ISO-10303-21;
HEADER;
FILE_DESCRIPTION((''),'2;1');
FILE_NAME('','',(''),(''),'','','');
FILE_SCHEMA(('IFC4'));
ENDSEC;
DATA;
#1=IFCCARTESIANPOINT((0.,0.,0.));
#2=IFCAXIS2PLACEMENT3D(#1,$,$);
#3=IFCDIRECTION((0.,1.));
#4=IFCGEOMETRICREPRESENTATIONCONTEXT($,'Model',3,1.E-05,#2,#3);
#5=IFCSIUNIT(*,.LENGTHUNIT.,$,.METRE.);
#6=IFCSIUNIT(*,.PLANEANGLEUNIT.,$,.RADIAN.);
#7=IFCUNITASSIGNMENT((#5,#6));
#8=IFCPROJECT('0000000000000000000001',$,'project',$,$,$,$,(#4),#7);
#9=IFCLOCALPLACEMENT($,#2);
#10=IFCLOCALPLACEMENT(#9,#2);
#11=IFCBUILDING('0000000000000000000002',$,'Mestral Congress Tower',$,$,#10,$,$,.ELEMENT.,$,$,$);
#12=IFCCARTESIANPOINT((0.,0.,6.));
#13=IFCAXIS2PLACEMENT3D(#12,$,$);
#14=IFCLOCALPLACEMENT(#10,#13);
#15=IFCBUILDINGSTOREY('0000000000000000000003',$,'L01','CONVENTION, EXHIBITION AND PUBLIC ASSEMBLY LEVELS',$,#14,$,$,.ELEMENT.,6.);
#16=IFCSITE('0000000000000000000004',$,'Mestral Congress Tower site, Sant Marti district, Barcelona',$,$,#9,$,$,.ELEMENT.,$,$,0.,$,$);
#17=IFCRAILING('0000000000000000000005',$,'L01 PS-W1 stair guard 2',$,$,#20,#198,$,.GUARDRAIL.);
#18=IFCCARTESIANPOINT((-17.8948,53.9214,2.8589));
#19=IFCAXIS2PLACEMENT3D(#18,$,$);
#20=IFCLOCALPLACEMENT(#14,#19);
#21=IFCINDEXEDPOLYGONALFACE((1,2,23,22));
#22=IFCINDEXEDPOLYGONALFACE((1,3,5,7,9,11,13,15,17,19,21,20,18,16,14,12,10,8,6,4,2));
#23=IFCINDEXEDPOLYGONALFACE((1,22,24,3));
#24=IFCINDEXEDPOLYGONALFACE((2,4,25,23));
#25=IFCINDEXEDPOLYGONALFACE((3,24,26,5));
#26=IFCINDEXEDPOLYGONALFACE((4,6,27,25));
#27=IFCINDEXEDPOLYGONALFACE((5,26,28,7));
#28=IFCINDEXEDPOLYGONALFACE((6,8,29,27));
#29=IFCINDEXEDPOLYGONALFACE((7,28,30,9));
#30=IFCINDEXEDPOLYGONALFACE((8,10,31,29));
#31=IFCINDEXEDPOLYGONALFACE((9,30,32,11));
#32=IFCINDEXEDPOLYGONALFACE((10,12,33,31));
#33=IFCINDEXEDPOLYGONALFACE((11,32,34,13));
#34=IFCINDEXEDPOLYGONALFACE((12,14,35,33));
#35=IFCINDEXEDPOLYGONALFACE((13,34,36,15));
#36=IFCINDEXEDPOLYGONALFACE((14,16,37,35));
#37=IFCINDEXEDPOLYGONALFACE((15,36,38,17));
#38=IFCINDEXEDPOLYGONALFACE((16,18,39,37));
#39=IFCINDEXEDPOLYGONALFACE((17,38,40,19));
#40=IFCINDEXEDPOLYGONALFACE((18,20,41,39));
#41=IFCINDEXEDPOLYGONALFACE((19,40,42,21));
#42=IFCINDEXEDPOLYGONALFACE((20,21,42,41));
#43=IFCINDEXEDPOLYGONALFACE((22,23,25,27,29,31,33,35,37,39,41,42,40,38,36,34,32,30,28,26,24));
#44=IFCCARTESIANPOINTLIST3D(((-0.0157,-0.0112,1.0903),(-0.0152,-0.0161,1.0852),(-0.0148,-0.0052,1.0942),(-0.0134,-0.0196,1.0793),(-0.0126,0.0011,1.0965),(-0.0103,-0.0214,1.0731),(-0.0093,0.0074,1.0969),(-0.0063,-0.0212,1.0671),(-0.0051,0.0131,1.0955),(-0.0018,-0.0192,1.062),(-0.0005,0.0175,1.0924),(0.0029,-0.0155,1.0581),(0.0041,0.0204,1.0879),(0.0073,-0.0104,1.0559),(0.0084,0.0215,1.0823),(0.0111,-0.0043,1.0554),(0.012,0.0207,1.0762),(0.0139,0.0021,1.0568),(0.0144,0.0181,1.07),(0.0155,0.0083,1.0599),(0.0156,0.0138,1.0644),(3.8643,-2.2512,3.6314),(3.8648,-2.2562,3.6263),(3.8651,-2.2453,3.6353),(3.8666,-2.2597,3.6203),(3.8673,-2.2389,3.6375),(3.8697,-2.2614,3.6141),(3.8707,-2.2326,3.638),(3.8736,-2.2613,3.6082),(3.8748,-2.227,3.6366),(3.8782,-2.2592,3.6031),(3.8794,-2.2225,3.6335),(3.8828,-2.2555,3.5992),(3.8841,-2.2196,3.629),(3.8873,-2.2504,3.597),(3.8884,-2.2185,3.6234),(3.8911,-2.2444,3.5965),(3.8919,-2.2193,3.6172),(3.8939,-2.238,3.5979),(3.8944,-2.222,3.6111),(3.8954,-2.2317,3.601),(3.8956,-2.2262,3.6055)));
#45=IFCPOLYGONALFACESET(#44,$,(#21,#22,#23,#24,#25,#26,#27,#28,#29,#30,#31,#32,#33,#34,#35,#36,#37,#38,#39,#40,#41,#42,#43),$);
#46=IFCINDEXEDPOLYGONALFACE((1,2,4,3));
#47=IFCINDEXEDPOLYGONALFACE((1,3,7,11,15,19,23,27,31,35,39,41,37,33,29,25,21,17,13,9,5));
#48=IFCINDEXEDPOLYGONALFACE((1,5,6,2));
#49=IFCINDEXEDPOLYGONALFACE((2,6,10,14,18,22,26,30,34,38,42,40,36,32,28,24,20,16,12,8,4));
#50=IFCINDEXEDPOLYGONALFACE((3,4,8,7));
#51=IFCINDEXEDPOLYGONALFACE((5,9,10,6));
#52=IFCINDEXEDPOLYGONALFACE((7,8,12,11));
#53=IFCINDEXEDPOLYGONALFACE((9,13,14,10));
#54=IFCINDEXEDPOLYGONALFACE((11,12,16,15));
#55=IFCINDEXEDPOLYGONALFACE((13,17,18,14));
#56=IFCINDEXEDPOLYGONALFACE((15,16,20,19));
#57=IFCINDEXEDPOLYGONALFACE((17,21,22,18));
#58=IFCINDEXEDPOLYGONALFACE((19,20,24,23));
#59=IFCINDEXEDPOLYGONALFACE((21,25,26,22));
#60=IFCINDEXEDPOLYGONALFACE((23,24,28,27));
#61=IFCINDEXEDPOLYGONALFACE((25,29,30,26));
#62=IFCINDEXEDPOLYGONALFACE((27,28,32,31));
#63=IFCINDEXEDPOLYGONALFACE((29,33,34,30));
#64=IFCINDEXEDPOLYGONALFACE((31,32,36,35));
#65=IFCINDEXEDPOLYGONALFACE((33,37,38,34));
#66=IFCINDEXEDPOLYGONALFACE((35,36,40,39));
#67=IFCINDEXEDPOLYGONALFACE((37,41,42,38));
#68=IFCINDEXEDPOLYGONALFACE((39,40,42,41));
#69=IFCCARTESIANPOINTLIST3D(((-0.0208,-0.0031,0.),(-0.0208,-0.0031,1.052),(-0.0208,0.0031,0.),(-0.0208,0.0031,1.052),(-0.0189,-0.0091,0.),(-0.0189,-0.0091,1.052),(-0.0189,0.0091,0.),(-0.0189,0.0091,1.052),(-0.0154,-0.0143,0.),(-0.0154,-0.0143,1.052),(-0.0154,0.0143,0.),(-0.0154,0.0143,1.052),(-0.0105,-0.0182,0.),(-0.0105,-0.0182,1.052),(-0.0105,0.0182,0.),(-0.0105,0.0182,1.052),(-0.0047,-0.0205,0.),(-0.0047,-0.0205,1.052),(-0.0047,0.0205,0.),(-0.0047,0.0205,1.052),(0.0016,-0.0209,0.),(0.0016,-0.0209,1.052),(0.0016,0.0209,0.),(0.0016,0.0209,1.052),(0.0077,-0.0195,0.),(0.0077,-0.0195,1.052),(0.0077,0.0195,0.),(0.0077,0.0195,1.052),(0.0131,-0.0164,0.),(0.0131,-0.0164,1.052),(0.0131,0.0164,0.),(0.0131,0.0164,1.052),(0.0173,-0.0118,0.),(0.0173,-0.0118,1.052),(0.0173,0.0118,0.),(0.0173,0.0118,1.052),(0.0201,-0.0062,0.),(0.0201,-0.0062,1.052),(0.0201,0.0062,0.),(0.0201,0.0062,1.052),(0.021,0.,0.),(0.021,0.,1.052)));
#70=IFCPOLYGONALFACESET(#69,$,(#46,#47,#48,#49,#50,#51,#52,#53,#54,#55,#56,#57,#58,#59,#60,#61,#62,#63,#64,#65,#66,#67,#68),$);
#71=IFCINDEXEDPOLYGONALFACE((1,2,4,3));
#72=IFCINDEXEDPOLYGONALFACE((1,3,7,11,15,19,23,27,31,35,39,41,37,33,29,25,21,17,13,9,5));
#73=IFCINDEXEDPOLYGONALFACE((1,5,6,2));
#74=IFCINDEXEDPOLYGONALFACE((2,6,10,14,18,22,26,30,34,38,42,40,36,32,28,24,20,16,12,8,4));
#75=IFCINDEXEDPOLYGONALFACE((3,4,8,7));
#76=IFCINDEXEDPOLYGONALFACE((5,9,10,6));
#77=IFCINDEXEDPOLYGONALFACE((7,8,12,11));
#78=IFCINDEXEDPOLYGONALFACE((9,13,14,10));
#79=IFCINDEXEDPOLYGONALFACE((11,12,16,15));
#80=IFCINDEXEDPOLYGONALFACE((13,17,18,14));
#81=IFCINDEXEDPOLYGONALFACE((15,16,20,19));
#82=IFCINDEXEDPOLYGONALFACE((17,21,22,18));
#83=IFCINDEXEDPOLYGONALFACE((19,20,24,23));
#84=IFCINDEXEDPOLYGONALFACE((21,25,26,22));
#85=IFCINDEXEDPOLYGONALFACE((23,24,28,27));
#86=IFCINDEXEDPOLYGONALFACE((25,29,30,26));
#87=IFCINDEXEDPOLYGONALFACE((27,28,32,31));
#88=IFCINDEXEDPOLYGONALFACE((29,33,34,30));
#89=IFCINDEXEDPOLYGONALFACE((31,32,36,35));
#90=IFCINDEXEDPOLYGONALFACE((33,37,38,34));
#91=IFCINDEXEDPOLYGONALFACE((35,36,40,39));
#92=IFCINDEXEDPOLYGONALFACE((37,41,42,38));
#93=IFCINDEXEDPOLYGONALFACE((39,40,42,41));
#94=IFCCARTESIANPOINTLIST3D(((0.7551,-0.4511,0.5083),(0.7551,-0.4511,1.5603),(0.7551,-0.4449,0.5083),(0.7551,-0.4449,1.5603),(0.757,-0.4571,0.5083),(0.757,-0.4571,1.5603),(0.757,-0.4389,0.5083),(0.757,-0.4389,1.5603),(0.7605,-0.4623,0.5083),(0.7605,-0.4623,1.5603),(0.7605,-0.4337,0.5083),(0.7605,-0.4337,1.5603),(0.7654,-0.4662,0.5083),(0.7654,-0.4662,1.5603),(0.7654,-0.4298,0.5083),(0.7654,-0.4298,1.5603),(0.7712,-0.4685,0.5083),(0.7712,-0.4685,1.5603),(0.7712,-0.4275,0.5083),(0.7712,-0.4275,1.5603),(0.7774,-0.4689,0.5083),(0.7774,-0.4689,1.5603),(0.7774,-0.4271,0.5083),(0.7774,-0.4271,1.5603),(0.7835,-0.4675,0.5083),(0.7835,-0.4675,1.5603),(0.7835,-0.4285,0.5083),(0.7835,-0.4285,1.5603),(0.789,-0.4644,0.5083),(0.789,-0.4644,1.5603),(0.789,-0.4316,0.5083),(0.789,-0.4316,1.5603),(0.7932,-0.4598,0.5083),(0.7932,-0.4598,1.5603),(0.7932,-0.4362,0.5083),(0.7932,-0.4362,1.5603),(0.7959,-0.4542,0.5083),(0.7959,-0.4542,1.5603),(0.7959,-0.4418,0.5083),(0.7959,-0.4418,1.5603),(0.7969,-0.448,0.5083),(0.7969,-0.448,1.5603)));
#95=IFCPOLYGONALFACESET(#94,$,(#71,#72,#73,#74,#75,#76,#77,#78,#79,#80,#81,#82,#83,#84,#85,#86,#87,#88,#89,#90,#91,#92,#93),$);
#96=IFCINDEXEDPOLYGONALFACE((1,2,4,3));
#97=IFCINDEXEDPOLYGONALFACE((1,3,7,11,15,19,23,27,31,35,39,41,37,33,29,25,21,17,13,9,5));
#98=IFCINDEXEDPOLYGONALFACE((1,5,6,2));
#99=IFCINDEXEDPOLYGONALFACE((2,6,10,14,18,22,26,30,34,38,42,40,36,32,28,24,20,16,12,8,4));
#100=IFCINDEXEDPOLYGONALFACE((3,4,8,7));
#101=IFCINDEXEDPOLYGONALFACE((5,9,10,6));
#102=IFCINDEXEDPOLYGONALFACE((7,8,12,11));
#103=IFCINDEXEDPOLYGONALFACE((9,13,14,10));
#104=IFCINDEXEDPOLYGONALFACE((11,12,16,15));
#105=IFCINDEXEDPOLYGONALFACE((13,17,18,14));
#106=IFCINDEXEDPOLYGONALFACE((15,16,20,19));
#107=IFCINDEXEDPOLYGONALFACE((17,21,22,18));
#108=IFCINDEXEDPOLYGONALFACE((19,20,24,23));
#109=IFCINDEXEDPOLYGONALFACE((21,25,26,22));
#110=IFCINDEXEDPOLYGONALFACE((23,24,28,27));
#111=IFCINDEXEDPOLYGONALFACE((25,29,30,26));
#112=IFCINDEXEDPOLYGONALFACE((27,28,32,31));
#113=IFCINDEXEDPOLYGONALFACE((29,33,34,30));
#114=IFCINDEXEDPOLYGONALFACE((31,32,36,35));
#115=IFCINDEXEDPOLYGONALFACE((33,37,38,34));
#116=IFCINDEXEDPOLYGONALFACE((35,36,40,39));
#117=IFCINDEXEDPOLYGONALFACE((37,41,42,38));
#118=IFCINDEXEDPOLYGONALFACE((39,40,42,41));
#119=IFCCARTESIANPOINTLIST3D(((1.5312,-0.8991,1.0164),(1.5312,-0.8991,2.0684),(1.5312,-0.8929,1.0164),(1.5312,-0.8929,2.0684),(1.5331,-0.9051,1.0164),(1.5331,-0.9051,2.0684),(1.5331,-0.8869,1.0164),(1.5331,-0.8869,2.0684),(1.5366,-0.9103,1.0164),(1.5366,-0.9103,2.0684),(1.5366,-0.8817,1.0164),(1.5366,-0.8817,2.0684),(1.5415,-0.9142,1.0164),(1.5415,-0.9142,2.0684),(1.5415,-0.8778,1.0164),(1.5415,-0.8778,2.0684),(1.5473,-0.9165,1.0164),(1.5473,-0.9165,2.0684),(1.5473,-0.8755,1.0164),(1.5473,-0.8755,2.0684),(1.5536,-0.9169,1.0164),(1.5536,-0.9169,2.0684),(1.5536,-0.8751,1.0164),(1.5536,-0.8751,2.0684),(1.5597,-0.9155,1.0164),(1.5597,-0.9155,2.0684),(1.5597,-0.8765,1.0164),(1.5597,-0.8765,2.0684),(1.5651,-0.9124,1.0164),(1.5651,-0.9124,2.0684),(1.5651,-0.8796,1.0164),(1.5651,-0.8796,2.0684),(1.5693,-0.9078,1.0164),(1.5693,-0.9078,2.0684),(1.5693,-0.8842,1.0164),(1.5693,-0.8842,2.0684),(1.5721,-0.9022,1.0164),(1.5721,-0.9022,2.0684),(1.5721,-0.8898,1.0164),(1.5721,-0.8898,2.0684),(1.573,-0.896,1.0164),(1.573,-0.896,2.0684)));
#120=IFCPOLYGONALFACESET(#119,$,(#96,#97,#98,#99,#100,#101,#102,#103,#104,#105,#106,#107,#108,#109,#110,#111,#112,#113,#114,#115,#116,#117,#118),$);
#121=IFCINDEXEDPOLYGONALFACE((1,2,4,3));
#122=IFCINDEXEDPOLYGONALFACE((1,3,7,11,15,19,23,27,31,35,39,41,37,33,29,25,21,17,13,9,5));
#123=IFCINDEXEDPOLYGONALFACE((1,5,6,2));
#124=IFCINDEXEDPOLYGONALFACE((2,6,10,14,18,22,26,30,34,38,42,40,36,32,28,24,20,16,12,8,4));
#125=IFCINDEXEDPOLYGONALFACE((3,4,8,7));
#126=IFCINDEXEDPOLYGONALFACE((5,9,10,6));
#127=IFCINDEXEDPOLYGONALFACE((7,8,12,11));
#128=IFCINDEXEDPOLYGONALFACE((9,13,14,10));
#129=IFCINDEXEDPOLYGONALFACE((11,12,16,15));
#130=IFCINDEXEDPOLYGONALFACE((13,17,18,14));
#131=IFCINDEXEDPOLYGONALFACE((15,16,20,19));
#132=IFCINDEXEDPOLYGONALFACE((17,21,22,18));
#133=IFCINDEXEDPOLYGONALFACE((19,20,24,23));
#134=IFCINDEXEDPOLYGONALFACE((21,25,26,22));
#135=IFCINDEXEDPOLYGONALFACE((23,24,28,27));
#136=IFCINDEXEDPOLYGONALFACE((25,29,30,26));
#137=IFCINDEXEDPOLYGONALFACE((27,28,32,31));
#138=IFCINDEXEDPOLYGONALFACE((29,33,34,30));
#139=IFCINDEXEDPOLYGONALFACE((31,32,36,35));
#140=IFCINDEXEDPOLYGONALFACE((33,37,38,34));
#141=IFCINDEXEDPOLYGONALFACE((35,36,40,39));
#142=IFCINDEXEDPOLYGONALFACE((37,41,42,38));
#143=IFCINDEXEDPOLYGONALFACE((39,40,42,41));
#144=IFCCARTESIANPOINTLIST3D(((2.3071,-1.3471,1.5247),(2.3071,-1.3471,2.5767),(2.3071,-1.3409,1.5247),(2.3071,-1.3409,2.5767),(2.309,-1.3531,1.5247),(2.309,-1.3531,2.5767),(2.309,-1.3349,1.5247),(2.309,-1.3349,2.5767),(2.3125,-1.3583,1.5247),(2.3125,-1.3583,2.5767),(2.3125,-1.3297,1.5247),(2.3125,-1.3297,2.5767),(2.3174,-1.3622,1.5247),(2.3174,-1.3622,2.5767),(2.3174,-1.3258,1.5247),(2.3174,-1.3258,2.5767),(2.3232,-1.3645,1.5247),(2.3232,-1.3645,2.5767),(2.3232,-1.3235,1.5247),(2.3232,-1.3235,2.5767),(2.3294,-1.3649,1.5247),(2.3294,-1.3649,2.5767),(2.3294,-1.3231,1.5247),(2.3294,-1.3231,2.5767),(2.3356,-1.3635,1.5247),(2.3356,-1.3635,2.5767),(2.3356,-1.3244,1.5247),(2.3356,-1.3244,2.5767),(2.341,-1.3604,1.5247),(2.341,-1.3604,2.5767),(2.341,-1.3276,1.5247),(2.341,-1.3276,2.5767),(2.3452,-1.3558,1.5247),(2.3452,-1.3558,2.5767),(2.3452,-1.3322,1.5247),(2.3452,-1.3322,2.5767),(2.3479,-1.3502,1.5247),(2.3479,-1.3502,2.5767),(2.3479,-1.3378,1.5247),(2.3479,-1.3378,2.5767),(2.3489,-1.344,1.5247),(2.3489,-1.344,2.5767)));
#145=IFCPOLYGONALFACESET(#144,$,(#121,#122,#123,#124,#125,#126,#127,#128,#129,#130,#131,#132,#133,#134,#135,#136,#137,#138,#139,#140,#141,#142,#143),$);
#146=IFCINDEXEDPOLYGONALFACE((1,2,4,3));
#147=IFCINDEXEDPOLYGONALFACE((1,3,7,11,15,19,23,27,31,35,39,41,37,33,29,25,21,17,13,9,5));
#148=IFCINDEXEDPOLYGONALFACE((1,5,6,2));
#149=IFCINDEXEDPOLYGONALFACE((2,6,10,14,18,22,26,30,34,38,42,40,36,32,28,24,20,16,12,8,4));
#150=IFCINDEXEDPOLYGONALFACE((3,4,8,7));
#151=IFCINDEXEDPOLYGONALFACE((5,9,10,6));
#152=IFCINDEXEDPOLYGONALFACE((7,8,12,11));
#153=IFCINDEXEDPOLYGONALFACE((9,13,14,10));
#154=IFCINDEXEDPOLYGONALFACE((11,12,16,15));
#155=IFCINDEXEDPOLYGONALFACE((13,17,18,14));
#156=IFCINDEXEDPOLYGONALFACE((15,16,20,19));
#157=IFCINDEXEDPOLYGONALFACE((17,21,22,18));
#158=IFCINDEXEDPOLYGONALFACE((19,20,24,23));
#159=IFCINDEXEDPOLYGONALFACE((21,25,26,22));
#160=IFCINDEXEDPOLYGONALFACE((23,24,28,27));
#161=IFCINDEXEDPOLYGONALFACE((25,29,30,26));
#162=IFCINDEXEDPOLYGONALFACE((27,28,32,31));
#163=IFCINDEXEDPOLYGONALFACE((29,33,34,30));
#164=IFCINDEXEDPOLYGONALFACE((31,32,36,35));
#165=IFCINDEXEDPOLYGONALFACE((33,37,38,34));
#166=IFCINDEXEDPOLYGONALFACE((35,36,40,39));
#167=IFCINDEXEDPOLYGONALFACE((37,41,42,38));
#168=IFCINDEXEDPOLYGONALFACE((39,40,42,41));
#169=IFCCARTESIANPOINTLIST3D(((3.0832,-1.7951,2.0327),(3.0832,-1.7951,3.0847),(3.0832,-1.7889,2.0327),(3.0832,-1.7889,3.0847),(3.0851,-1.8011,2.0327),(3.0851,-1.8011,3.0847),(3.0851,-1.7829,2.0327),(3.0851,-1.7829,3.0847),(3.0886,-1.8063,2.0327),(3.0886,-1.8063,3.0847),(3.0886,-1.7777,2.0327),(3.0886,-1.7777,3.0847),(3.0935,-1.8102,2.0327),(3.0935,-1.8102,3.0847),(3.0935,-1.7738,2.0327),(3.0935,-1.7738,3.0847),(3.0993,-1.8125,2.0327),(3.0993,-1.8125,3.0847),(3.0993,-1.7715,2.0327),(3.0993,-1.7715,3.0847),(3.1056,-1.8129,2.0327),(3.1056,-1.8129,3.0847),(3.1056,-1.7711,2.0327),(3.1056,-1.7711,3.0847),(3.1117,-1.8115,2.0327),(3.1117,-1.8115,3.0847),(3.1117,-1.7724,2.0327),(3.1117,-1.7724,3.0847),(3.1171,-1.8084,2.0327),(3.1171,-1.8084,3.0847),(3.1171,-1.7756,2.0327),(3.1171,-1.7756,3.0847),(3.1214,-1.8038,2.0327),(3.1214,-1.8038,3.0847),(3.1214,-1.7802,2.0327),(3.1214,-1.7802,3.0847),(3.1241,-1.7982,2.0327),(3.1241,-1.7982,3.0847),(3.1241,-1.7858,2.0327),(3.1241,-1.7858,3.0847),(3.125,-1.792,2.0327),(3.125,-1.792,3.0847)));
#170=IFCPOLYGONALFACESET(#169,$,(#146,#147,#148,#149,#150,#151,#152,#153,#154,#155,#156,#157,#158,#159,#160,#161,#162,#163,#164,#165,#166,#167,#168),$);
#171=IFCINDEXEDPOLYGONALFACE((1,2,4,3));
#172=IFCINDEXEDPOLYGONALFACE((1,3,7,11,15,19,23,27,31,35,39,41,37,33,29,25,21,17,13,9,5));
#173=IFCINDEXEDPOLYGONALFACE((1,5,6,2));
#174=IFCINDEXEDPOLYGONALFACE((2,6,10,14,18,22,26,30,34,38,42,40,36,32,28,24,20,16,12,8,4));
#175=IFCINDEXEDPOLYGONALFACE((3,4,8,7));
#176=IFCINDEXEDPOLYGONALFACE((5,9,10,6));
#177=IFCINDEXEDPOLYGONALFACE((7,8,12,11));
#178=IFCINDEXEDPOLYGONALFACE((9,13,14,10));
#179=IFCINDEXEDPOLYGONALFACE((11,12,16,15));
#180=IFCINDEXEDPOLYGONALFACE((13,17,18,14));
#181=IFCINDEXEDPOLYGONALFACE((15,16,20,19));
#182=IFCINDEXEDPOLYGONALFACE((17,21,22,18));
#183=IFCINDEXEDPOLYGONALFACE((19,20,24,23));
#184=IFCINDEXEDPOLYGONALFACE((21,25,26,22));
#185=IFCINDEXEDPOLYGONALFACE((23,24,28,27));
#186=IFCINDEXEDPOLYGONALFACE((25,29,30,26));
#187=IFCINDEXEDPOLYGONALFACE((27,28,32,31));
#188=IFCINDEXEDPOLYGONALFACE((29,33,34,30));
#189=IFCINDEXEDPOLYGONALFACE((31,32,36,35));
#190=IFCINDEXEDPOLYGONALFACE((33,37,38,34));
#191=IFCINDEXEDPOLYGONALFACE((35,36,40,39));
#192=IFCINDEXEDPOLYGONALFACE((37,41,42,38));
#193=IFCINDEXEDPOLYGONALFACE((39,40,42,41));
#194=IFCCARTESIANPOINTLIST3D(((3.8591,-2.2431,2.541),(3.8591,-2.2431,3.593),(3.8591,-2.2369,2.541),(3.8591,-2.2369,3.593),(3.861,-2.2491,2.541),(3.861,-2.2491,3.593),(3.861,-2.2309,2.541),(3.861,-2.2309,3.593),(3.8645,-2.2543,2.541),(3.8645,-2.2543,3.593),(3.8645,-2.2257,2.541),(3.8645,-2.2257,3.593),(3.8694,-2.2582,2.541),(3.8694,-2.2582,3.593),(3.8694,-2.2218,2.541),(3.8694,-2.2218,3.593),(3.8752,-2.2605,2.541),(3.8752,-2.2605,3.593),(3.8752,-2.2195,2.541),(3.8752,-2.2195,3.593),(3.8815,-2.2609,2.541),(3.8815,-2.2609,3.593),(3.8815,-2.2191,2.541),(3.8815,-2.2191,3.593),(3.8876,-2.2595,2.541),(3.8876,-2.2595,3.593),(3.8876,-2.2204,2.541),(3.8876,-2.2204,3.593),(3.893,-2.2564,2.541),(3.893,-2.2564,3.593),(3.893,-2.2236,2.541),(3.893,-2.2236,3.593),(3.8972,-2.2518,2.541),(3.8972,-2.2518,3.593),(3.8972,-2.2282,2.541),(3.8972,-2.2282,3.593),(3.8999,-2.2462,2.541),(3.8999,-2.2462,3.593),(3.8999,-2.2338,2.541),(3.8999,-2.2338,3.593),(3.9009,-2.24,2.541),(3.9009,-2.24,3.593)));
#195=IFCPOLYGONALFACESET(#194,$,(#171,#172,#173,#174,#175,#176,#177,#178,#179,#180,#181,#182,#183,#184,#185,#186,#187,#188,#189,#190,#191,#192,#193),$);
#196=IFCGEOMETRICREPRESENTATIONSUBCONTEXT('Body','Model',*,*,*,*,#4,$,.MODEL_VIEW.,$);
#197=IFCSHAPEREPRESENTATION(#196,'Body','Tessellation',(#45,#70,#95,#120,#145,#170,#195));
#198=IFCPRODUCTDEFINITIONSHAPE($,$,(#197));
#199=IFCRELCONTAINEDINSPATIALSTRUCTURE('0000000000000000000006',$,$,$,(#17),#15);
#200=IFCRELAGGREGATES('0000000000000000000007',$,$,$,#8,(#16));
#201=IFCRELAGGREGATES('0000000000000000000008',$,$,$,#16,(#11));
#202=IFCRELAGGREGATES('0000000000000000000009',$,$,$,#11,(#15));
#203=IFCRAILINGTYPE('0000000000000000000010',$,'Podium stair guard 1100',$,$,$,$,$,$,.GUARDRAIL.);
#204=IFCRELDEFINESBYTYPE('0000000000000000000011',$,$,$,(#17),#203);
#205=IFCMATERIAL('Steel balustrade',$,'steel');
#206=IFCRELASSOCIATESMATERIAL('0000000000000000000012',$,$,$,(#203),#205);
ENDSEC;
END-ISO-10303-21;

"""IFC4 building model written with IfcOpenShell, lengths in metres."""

from ifc_helpers import new_model, si_unit, direction, frame, origin, origin_2d, place, context, subcontext, project, spatial, circle, extrude, material, type_object, element, save


model = new_model("IFC4")

# Units and contexts
model_context = context("Model", 3, precision=1e-05, world=origin(), true_north=direction((0.0, 1.0)))
body_context = subcontext(model_context, "Body", "Model", "MODEL_VIEW")
ifc_project = project(units=[si_unit("LENGTHUNIT", "METRE"), si_unit("PLANEANGLEUNIT", "RADIAN")], contexts=[model_context])

# Site, building, storey
site_placement = place(None, origin())
site = spatial("IfcSite", under=ifc_project, at=site_placement, Name="Mestral Congress Tower site, Sant Marti district, Barcelona", CompositionType="ELEMENT", RefElevation=0.0)
building_placement = place(site_placement, origin())
building = spatial("IfcBuilding", under=site, at=building_placement, Name="Mestral Congress Tower", CompositionType="ELEMENT")
storey_placement = place(building_placement, frame((0.0, 0.0, 6.0)))
storey = spatial("IfcBuildingStorey", under=building, at=storey_placement, Name="L01", Description="CONVENTION, EXHIBITION AND PUBLIC ASSEMBLY LEVELS", CompositionType="ELEMENT", Elevation=6.0)

# Railing
ifc_material_1 = material(Name="Steel balustrade", Category="steel")
railing_type_1 = type_object("IfcRailingType", Name="Podium stair guard 1100", PredefinedType="GUARDRAIL", material=ifc_material_1)
railing_1_placement = place(storey_placement, frame((-17.8948, 53.9214, 2.8589)))
element("IfcRailing", 1, at=railing_1_placement, inside=storey, type_object=railing_type_1, Name="L01 PS-W1 stair guard 2", PredefinedType="GUARDRAIL", context=body_context, shape_type="SweptSolid", body=[
    extrude(circle(Radius=0.0239, at=origin_2d()), frame((0.0, 0.0, 1.0762), z_axis=(0.7533, -0.434906, 0.493352), x_axis=(0.49999, 0.866031, 0.0)), (0.0, 0.0, 1.0), 5.1506),
    extrude(circle(Radius=0.021, at=origin_2d()), origin(), (0.0, 0.0, 1.0), 1.052),
    extrude(circle(Radius=0.021, at=origin_2d()), frame((0.7759, -0.448, 0.5083)), (0.0, 0.0, 1.0), 1.052),
    extrude(circle(Radius=0.021, at=origin_2d()), frame((1.552, -0.896, 1.0164)), (0.0, 0.0, 1.0), 1.052),
    extrude(circle(Radius=0.021, at=origin_2d()), frame((2.3279, -1.344, 1.5247)), (0.0, 0.0, 1.0), 1.052),
    extrude(circle(Radius=0.021, at=origin_2d()), frame((3.104, -1.792, 2.0327)), (0.0, 0.0, 1.0), 1.052),
    extrude(circle(Radius=0.021, at=origin_2d()), frame((3.8799, -2.24, 2.541)), (0.0, 0.0, 1.0), 1.052),
])

save(model, "model.ifc")
